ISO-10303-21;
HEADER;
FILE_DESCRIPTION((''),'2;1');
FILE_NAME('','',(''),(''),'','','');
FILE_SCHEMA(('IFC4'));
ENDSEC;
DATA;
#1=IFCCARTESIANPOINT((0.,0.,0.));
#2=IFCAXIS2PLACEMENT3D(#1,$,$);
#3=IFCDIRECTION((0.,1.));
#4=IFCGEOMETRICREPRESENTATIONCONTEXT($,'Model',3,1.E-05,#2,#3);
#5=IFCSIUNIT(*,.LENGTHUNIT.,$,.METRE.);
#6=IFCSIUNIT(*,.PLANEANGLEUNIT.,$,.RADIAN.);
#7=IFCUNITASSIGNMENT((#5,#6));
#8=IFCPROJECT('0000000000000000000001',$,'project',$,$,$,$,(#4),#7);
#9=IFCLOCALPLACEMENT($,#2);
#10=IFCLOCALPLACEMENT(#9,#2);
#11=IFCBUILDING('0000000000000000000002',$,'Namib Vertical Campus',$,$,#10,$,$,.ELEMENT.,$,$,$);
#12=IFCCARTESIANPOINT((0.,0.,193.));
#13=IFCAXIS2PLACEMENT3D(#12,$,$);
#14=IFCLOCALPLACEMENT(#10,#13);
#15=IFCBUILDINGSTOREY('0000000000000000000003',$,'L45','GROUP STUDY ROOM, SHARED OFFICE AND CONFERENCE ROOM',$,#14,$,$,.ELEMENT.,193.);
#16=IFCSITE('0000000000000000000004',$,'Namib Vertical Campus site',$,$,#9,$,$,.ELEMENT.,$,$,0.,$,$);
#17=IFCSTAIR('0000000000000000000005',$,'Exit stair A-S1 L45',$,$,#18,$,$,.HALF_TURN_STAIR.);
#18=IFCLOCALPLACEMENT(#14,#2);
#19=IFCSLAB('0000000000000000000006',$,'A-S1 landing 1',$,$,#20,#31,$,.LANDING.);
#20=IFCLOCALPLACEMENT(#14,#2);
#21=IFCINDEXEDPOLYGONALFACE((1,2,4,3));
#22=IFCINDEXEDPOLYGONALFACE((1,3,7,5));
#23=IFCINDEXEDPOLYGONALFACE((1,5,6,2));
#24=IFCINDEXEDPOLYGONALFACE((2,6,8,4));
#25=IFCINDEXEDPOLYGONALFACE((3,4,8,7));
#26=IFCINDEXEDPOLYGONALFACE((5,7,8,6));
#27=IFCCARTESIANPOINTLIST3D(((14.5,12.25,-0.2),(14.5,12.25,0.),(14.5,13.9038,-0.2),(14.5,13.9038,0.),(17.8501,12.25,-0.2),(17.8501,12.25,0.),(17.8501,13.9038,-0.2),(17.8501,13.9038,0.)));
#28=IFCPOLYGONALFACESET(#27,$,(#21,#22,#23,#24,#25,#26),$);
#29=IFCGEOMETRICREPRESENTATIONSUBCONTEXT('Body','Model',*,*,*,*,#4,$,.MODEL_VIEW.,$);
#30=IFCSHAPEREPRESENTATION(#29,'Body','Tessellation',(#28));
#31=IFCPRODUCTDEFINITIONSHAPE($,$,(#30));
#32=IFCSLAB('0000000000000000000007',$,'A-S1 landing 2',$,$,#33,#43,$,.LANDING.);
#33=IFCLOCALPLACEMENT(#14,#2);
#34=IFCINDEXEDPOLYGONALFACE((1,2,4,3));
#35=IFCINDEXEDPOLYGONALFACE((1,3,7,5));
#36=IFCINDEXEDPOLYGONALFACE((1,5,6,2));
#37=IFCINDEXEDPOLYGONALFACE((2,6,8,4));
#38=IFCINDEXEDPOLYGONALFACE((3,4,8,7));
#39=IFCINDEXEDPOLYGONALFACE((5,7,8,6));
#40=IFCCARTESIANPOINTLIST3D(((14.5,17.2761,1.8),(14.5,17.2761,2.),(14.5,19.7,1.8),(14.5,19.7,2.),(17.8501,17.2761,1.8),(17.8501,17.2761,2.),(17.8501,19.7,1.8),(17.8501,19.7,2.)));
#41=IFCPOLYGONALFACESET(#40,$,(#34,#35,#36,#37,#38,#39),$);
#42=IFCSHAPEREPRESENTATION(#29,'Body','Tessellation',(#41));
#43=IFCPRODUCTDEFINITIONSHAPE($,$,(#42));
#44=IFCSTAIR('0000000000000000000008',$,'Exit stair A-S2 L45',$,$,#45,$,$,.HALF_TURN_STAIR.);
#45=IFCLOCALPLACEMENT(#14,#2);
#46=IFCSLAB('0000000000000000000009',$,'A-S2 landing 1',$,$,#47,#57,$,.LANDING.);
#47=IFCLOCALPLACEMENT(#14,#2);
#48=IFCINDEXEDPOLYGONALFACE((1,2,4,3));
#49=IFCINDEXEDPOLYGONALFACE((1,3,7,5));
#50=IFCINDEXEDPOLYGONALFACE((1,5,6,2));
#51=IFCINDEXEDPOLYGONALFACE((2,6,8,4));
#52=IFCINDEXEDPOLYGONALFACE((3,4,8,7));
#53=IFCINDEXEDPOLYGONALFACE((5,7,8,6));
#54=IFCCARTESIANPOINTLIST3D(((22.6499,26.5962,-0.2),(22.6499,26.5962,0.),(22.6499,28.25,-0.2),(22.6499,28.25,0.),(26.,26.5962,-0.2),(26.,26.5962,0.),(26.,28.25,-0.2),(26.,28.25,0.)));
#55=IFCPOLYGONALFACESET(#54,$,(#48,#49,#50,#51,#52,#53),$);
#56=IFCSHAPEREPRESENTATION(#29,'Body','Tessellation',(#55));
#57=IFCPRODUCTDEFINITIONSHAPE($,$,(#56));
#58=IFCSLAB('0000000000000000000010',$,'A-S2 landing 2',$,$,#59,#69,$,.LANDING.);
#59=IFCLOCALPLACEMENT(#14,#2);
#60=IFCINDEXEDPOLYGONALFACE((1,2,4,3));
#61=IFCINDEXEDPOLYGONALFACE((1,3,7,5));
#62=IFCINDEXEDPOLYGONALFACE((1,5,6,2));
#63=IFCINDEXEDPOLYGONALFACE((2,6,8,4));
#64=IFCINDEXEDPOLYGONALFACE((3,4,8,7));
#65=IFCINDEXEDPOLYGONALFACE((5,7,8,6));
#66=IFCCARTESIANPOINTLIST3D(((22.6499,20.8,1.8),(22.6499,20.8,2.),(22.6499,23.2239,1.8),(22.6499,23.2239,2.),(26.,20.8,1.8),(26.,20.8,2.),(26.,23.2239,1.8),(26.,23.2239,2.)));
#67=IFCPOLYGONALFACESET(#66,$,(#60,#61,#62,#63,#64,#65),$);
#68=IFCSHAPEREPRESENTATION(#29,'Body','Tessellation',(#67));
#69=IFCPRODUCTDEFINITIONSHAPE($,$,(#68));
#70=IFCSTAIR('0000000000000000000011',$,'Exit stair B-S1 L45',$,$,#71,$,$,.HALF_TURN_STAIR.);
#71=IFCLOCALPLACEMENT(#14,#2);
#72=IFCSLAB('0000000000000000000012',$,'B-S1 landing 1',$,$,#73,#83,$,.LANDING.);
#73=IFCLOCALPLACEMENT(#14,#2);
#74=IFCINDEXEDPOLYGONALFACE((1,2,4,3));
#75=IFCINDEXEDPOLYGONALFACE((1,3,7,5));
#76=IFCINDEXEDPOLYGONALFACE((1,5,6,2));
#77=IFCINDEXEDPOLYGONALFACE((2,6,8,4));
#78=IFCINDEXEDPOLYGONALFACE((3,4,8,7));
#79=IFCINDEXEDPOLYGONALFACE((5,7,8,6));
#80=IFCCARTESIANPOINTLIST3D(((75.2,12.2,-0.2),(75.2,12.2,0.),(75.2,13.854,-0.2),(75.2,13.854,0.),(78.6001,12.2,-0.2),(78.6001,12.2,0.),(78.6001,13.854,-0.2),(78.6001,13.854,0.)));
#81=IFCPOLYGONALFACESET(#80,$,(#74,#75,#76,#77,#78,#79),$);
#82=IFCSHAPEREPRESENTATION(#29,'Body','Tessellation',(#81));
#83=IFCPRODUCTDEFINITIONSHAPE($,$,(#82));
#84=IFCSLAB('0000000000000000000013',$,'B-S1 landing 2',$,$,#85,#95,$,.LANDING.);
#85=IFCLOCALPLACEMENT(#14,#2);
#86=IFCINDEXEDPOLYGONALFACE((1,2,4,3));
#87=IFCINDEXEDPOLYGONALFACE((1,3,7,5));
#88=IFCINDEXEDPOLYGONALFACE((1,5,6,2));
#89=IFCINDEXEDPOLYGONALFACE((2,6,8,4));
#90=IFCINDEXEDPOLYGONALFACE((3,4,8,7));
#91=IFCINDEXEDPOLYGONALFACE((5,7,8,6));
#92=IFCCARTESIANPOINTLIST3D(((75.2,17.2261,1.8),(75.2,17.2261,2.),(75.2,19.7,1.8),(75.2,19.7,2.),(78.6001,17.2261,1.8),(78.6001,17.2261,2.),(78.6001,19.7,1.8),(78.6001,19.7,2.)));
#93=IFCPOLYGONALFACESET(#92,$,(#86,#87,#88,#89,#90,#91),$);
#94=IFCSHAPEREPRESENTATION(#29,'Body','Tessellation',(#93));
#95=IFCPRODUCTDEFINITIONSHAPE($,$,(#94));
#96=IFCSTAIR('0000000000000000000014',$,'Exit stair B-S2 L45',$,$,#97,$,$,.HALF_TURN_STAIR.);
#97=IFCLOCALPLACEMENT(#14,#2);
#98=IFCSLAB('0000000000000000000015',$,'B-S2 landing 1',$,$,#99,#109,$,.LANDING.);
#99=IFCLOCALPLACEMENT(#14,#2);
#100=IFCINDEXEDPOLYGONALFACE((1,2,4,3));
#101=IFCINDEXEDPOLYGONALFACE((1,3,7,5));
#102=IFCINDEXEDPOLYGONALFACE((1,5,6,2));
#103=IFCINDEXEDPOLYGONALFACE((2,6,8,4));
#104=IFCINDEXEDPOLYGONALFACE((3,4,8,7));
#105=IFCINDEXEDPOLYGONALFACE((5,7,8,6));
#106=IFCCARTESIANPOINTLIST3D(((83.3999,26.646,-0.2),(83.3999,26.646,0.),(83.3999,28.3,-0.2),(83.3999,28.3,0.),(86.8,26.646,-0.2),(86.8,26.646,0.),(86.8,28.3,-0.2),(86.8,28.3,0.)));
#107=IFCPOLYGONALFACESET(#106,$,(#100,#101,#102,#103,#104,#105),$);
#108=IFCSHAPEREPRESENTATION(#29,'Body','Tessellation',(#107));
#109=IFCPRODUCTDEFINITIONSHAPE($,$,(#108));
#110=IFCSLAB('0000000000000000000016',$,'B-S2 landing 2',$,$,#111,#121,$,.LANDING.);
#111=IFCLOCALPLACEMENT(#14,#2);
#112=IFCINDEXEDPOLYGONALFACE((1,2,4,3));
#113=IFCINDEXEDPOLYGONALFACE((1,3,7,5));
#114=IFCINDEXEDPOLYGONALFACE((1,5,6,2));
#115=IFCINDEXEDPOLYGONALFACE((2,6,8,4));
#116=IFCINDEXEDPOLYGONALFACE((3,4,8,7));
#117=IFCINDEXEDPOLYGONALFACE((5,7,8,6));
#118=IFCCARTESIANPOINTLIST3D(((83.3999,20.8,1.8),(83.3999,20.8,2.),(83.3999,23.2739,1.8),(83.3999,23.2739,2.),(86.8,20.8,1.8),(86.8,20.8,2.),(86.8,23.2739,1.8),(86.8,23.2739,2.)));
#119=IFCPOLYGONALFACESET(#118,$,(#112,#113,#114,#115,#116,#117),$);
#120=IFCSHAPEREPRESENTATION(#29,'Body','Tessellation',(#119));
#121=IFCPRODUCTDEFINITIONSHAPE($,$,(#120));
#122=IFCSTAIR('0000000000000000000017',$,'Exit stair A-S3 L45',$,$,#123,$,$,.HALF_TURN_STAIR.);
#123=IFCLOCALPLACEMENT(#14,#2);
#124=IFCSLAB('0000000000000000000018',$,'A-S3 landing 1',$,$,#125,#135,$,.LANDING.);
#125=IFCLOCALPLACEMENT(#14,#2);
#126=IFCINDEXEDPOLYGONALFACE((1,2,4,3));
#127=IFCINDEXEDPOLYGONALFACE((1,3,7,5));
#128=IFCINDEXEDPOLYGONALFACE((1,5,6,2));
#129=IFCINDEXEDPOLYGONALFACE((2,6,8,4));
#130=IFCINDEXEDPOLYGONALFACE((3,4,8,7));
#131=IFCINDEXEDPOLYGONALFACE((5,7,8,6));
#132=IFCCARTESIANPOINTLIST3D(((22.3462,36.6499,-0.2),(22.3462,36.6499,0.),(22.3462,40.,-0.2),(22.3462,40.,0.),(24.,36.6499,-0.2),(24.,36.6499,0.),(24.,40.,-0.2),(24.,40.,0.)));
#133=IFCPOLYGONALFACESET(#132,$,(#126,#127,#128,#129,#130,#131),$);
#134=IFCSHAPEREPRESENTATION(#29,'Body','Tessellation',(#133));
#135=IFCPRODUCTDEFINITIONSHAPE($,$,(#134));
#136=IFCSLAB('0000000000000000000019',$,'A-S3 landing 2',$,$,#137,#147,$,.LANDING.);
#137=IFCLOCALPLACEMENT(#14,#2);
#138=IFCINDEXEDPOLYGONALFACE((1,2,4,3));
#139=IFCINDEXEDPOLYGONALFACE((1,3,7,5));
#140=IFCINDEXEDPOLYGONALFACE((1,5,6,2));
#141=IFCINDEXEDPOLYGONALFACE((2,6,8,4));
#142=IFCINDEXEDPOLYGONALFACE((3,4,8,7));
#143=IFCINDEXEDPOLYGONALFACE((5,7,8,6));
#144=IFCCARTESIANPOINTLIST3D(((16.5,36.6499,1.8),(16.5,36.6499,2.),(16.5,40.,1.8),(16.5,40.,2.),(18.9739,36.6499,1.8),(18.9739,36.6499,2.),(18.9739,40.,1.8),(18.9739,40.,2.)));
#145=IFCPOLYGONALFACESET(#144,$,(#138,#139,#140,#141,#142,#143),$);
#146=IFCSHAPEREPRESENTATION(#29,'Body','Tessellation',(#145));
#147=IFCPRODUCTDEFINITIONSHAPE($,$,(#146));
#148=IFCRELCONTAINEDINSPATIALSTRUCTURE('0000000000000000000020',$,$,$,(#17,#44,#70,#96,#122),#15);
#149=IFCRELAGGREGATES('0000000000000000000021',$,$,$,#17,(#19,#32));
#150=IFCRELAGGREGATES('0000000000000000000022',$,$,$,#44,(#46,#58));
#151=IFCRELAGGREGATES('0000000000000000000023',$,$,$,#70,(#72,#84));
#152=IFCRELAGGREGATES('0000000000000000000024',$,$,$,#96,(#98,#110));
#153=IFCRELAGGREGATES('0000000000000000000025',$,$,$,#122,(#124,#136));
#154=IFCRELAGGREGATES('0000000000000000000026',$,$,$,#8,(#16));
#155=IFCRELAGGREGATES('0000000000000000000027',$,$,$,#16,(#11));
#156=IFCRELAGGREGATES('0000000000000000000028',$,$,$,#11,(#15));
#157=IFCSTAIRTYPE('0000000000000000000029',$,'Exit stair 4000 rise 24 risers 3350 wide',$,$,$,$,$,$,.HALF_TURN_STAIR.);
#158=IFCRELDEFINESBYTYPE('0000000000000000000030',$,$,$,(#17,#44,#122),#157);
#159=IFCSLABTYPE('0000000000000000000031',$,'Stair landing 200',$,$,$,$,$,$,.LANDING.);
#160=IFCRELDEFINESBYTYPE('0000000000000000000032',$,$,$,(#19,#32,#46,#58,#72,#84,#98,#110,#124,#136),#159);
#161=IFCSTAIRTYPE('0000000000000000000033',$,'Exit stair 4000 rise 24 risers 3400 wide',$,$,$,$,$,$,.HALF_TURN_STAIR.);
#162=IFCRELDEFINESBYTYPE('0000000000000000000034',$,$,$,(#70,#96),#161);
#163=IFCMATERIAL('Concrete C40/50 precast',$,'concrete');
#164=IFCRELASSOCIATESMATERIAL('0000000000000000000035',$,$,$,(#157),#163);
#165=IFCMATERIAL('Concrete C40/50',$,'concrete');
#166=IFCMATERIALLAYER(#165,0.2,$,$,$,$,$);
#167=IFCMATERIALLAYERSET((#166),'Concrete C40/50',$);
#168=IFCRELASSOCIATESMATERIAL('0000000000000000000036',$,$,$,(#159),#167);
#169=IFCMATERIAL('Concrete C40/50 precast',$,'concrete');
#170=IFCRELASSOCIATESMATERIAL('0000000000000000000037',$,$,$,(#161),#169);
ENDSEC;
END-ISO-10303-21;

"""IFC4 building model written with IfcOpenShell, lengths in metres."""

from ifc_helpers import new_model, si_unit, direction, frame, origin, place, context, subcontext, project, spatial, polyline, outline, extrude, material, layer, layer_set, type_object, element, aggregate, save


model = new_model("IFC4")

# Units and contexts
model_context = context("Model", 3, precision=1e-05, world=origin(), true_north=direction((0.0, 1.0)))
body_context = subcontext(model_context, "Body", "Model", "MODEL_VIEW")
ifc_project = project(units=[si_unit("LENGTHUNIT", "METRE"), si_unit("PLANEANGLEUNIT", "RADIAN")], contexts=[model_context])

# Site, building, storey
site_placement = place(None, origin())
site = spatial("IfcSite", under=ifc_project, at=site_placement, Name="Namib Vertical Campus site", CompositionType="ELEMENT", RefElevation=0.0)
building_placement = place(site_placement, origin())
building = spatial("IfcBuilding", under=site, at=building_placement, Name="Namib Vertical Campus", CompositionType="ELEMENT")
storey_placement = place(building_placement, frame((0.0, 0.0, 193.0)))
storey = spatial("IfcBuildingStorey", under=building, at=storey_placement, Name="L45", Description="GROUP STUDY ROOM, SHARED OFFICE AND CONFERENCE ROOM", CompositionType="ELEMENT", Elevation=193.0)

# Stairs, slabs
ifc_material_1 = material(Name="Concrete C40/50 precast", Category="concrete")
stair_type_1 = type_object("IfcStairType", Name="Exit stair 4000 rise 24 risers 3350 wide", PredefinedType="HALF_TURN_STAIR", material=ifc_material_1)
stair_1_placement = place(storey_placement, origin())
stair_1 = element("IfcStair", 1, at=stair_1_placement, inside=storey, type_object=stair_type_1, Name="Exit stair A-S1 L45", PredefinedType="HALF_TURN_STAIR")
ifc_material_2 = material(Name="Concrete C40/50", Category="concrete")
ifc_layer_1 = layer(ifc_material_2, 0.2)
ifc_layer_set_1 = layer_set([ifc_layer_1], Name="Concrete C40/50")
slab_type_1 = type_object("IfcSlabType", Name="Stair landing 200", PredefinedType="LANDING", material=ifc_layer_set_1)
slab_1_placement = place(storey_placement, frame((0.0, 0.0, -0.2)))
slab_1 = element("IfcSlab", 2, at=slab_1_placement, type_object=slab_type_1, Name="A-S1 landing 1", PredefinedType="LANDING", context=body_context, shape_type="SweptSolid", body=[
    extrude(outline(polyline([(14.5, 12.25), (17.8501, 12.25), (17.8501, 13.9038), (14.5, 13.9038), (14.5, 12.25)])), origin(), (0.0, 0.0, 1.0), 0.2),
])
slab_2_placement = place(storey_placement, frame((0.0, 0.0, 1.8)))
slab_2 = element("IfcSlab", 3, at=slab_2_placement, type_object=slab_type_1, Name="A-S1 landing 2", PredefinedType="LANDING", context=body_context, shape_type="SweptSolid", body=[
    extrude(outline(polyline([(14.5, 17.2761), (17.8501, 17.2761), (17.8501, 19.7), (14.5, 19.7), (14.5, 17.2761)])), origin(), (0.0, 0.0, 1.0), 0.2),
])
aggregate(stair_1, [slab_1, slab_2])
stair_2_placement = place(storey_placement, origin())
stair_2 = element("IfcStair", 4, at=stair_2_placement, inside=storey, type_object=stair_type_1, Name="Exit stair A-S2 L45", PredefinedType="HALF_TURN_STAIR")
slab_3_placement = place(storey_placement, frame((0.0, 0.0, -0.2)))
slab_3 = element("IfcSlab", 5, at=slab_3_placement, type_object=slab_type_1, Name="A-S2 landing 1", PredefinedType="LANDING", context=body_context, shape_type="SweptSolid", body=[
    extrude(outline(polyline([(22.6499, 26.5962), (26.0, 26.5962), (26.0, 28.25), (22.6499, 28.25), (22.6499, 26.5962)])), origin(), (0.0, 0.0, 1.0), 0.2),
])
slab_4_placement = place(storey_placement, frame((0.0, 0.0, 1.8)))
slab_4 = element("IfcSlab", 6, at=slab_4_placement, type_object=slab_type_1, Name="A-S2 landing 2", PredefinedType="LANDING", context=body_context, shape_type="SweptSolid", body=[
    extrude(outline(polyline([(22.6499, 20.8), (26.0, 20.8), (26.0, 23.2239), (22.6499, 23.2239), (22.6499, 20.8)])), origin(), (0.0, 0.0, 1.0), 0.2),
])
aggregate(stair_2, [slab_3, slab_4])
ifc_material_3 = material(Name="Concrete C40/50 precast", Category="concrete")
stair_type_2 = type_object("IfcStairType", Name="Exit stair 4000 rise 24 risers 3400 wide", PredefinedType="HALF_TURN_STAIR", material=ifc_material_3)
stair_3_placement = place(storey_placement, origin())
stair_3 = element("IfcStair", 7, at=stair_3_placement, inside=storey, type_object=stair_type_2, Name="Exit stair B-S1 L45", PredefinedType="HALF_TURN_STAIR")
slab_5_placement = place(storey_placement, frame((0.0, 0.0, -0.2)))
slab_5 = element("IfcSlab", 8, at=slab_5_placement, type_object=slab_type_1, Name="B-S1 landing 1", PredefinedType="LANDING", context=body_context, shape_type="SweptSolid", body=[
    extrude(outline(polyline([(75.2, 12.2), (78.6001, 12.2), (78.6001, 13.854), (75.2, 13.854), (75.2, 12.2)])), origin(), (0.0, 0.0, 1.0), 0.2),
])
slab_6_placement = place(storey_placement, frame((0.0, 0.0, 1.8)))
slab_6 = element("IfcSlab", 9, at=slab_6_placement, type_object=slab_type_1, Name="B-S1 landing 2", PredefinedType="LANDING", context=body_context, shape_type="SweptSolid", body=[
    extrude(outline(polyline([(75.2, 17.2261), (78.6001, 17.2261), (78.6001, 19.7), (75.2, 19.7), (75.2, 17.2261)])), origin(), (0.0, 0.0, 1.0), 0.2),
])
aggregate(stair_3, [slab_5, slab_6])
stair_4_placement = place(storey_placement, origin())
stair_4 = element("IfcStair", 10, at=stair_4_placement, inside=storey, type_object=stair_type_2, Name="Exit stair B-S2 L45", PredefinedType="HALF_TURN_STAIR")
slab_7_placement = place(storey_placement, frame((0.0, 0.0, -0.2)))
slab_7 = element("IfcSlab", 11, at=slab_7_placement, type_object=slab_type_1, Name="B-S2 landing 1", PredefinedType="LANDING", context=body_context, shape_type="SweptSolid", body=[
    extrude(outline(polyline([(83.3999, 26.646), (86.8, 26.646), (86.8, 28.3), (83.3999, 28.3), (83.3999, 26.646)])), origin(), (0.0, 0.0, 1.0), 0.2),
])
slab_8_placement = place(storey_placement, frame((0.0, 0.0, 1.8)))
slab_8 = element("IfcSlab", 12, at=slab_8_placement, type_object=slab_type_1, Name="B-S2 landing 2", PredefinedType="LANDING", context=body_context, shape_type="SweptSolid", body=[
    extrude(outline(polyline([(83.3999, 20.8), (86.8, 20.8), (86.8, 23.2739), (83.3999, 23.2739), (83.3999, 20.8)])), origin(), (0.0, 0.0, 1.0), 0.2),
])
aggregate(stair_4, [slab_7, slab_8])
stair_5_placement = place(storey_placement, origin())
stair_5 = element("IfcStair", 13, at=stair_5_placement, inside=storey, type_object=stair_type_1, Name="Exit stair A-S3 L45", PredefinedType="HALF_TURN_STAIR")
slab_9_placement = place(storey_placement, frame((0.0, 0.0, -0.2)))
slab_9 = element("IfcSlab", 14, at=slab_9_placement, type_object=slab_type_1, Name="A-S3 landing 1", PredefinedType="LANDING", context=body_context, shape_type="SweptSolid", body=[
    extrude(outline(polyline([(22.3462, 36.6499), (22.3462, 40.0), (24.0, 40.0), (24.0, 36.6499), (22.3462, 36.6499)])), origin(), (0.0, 0.0, 1.0), 0.2),
])
slab_10_placement = place(storey_placement, frame((0.0, 0.0, 1.8)))
slab_10 = element("IfcSlab", 15, at=slab_10_placement, type_object=slab_type_1, Name="A-S3 landing 2", PredefinedType="LANDING", context=body_context, shape_type="SweptSolid", body=[
    extrude(outline(polyline([(16.5, 36.6499), (16.5, 40.0), (18.9739, 40.0), (18.9739, 36.6499), (16.5, 36.6499)])), origin(), (0.0, 0.0, 1.0), 0.2),
])
aggregate(stair_5, [slab_9, slab_10])

save(model, "model.ifc")
